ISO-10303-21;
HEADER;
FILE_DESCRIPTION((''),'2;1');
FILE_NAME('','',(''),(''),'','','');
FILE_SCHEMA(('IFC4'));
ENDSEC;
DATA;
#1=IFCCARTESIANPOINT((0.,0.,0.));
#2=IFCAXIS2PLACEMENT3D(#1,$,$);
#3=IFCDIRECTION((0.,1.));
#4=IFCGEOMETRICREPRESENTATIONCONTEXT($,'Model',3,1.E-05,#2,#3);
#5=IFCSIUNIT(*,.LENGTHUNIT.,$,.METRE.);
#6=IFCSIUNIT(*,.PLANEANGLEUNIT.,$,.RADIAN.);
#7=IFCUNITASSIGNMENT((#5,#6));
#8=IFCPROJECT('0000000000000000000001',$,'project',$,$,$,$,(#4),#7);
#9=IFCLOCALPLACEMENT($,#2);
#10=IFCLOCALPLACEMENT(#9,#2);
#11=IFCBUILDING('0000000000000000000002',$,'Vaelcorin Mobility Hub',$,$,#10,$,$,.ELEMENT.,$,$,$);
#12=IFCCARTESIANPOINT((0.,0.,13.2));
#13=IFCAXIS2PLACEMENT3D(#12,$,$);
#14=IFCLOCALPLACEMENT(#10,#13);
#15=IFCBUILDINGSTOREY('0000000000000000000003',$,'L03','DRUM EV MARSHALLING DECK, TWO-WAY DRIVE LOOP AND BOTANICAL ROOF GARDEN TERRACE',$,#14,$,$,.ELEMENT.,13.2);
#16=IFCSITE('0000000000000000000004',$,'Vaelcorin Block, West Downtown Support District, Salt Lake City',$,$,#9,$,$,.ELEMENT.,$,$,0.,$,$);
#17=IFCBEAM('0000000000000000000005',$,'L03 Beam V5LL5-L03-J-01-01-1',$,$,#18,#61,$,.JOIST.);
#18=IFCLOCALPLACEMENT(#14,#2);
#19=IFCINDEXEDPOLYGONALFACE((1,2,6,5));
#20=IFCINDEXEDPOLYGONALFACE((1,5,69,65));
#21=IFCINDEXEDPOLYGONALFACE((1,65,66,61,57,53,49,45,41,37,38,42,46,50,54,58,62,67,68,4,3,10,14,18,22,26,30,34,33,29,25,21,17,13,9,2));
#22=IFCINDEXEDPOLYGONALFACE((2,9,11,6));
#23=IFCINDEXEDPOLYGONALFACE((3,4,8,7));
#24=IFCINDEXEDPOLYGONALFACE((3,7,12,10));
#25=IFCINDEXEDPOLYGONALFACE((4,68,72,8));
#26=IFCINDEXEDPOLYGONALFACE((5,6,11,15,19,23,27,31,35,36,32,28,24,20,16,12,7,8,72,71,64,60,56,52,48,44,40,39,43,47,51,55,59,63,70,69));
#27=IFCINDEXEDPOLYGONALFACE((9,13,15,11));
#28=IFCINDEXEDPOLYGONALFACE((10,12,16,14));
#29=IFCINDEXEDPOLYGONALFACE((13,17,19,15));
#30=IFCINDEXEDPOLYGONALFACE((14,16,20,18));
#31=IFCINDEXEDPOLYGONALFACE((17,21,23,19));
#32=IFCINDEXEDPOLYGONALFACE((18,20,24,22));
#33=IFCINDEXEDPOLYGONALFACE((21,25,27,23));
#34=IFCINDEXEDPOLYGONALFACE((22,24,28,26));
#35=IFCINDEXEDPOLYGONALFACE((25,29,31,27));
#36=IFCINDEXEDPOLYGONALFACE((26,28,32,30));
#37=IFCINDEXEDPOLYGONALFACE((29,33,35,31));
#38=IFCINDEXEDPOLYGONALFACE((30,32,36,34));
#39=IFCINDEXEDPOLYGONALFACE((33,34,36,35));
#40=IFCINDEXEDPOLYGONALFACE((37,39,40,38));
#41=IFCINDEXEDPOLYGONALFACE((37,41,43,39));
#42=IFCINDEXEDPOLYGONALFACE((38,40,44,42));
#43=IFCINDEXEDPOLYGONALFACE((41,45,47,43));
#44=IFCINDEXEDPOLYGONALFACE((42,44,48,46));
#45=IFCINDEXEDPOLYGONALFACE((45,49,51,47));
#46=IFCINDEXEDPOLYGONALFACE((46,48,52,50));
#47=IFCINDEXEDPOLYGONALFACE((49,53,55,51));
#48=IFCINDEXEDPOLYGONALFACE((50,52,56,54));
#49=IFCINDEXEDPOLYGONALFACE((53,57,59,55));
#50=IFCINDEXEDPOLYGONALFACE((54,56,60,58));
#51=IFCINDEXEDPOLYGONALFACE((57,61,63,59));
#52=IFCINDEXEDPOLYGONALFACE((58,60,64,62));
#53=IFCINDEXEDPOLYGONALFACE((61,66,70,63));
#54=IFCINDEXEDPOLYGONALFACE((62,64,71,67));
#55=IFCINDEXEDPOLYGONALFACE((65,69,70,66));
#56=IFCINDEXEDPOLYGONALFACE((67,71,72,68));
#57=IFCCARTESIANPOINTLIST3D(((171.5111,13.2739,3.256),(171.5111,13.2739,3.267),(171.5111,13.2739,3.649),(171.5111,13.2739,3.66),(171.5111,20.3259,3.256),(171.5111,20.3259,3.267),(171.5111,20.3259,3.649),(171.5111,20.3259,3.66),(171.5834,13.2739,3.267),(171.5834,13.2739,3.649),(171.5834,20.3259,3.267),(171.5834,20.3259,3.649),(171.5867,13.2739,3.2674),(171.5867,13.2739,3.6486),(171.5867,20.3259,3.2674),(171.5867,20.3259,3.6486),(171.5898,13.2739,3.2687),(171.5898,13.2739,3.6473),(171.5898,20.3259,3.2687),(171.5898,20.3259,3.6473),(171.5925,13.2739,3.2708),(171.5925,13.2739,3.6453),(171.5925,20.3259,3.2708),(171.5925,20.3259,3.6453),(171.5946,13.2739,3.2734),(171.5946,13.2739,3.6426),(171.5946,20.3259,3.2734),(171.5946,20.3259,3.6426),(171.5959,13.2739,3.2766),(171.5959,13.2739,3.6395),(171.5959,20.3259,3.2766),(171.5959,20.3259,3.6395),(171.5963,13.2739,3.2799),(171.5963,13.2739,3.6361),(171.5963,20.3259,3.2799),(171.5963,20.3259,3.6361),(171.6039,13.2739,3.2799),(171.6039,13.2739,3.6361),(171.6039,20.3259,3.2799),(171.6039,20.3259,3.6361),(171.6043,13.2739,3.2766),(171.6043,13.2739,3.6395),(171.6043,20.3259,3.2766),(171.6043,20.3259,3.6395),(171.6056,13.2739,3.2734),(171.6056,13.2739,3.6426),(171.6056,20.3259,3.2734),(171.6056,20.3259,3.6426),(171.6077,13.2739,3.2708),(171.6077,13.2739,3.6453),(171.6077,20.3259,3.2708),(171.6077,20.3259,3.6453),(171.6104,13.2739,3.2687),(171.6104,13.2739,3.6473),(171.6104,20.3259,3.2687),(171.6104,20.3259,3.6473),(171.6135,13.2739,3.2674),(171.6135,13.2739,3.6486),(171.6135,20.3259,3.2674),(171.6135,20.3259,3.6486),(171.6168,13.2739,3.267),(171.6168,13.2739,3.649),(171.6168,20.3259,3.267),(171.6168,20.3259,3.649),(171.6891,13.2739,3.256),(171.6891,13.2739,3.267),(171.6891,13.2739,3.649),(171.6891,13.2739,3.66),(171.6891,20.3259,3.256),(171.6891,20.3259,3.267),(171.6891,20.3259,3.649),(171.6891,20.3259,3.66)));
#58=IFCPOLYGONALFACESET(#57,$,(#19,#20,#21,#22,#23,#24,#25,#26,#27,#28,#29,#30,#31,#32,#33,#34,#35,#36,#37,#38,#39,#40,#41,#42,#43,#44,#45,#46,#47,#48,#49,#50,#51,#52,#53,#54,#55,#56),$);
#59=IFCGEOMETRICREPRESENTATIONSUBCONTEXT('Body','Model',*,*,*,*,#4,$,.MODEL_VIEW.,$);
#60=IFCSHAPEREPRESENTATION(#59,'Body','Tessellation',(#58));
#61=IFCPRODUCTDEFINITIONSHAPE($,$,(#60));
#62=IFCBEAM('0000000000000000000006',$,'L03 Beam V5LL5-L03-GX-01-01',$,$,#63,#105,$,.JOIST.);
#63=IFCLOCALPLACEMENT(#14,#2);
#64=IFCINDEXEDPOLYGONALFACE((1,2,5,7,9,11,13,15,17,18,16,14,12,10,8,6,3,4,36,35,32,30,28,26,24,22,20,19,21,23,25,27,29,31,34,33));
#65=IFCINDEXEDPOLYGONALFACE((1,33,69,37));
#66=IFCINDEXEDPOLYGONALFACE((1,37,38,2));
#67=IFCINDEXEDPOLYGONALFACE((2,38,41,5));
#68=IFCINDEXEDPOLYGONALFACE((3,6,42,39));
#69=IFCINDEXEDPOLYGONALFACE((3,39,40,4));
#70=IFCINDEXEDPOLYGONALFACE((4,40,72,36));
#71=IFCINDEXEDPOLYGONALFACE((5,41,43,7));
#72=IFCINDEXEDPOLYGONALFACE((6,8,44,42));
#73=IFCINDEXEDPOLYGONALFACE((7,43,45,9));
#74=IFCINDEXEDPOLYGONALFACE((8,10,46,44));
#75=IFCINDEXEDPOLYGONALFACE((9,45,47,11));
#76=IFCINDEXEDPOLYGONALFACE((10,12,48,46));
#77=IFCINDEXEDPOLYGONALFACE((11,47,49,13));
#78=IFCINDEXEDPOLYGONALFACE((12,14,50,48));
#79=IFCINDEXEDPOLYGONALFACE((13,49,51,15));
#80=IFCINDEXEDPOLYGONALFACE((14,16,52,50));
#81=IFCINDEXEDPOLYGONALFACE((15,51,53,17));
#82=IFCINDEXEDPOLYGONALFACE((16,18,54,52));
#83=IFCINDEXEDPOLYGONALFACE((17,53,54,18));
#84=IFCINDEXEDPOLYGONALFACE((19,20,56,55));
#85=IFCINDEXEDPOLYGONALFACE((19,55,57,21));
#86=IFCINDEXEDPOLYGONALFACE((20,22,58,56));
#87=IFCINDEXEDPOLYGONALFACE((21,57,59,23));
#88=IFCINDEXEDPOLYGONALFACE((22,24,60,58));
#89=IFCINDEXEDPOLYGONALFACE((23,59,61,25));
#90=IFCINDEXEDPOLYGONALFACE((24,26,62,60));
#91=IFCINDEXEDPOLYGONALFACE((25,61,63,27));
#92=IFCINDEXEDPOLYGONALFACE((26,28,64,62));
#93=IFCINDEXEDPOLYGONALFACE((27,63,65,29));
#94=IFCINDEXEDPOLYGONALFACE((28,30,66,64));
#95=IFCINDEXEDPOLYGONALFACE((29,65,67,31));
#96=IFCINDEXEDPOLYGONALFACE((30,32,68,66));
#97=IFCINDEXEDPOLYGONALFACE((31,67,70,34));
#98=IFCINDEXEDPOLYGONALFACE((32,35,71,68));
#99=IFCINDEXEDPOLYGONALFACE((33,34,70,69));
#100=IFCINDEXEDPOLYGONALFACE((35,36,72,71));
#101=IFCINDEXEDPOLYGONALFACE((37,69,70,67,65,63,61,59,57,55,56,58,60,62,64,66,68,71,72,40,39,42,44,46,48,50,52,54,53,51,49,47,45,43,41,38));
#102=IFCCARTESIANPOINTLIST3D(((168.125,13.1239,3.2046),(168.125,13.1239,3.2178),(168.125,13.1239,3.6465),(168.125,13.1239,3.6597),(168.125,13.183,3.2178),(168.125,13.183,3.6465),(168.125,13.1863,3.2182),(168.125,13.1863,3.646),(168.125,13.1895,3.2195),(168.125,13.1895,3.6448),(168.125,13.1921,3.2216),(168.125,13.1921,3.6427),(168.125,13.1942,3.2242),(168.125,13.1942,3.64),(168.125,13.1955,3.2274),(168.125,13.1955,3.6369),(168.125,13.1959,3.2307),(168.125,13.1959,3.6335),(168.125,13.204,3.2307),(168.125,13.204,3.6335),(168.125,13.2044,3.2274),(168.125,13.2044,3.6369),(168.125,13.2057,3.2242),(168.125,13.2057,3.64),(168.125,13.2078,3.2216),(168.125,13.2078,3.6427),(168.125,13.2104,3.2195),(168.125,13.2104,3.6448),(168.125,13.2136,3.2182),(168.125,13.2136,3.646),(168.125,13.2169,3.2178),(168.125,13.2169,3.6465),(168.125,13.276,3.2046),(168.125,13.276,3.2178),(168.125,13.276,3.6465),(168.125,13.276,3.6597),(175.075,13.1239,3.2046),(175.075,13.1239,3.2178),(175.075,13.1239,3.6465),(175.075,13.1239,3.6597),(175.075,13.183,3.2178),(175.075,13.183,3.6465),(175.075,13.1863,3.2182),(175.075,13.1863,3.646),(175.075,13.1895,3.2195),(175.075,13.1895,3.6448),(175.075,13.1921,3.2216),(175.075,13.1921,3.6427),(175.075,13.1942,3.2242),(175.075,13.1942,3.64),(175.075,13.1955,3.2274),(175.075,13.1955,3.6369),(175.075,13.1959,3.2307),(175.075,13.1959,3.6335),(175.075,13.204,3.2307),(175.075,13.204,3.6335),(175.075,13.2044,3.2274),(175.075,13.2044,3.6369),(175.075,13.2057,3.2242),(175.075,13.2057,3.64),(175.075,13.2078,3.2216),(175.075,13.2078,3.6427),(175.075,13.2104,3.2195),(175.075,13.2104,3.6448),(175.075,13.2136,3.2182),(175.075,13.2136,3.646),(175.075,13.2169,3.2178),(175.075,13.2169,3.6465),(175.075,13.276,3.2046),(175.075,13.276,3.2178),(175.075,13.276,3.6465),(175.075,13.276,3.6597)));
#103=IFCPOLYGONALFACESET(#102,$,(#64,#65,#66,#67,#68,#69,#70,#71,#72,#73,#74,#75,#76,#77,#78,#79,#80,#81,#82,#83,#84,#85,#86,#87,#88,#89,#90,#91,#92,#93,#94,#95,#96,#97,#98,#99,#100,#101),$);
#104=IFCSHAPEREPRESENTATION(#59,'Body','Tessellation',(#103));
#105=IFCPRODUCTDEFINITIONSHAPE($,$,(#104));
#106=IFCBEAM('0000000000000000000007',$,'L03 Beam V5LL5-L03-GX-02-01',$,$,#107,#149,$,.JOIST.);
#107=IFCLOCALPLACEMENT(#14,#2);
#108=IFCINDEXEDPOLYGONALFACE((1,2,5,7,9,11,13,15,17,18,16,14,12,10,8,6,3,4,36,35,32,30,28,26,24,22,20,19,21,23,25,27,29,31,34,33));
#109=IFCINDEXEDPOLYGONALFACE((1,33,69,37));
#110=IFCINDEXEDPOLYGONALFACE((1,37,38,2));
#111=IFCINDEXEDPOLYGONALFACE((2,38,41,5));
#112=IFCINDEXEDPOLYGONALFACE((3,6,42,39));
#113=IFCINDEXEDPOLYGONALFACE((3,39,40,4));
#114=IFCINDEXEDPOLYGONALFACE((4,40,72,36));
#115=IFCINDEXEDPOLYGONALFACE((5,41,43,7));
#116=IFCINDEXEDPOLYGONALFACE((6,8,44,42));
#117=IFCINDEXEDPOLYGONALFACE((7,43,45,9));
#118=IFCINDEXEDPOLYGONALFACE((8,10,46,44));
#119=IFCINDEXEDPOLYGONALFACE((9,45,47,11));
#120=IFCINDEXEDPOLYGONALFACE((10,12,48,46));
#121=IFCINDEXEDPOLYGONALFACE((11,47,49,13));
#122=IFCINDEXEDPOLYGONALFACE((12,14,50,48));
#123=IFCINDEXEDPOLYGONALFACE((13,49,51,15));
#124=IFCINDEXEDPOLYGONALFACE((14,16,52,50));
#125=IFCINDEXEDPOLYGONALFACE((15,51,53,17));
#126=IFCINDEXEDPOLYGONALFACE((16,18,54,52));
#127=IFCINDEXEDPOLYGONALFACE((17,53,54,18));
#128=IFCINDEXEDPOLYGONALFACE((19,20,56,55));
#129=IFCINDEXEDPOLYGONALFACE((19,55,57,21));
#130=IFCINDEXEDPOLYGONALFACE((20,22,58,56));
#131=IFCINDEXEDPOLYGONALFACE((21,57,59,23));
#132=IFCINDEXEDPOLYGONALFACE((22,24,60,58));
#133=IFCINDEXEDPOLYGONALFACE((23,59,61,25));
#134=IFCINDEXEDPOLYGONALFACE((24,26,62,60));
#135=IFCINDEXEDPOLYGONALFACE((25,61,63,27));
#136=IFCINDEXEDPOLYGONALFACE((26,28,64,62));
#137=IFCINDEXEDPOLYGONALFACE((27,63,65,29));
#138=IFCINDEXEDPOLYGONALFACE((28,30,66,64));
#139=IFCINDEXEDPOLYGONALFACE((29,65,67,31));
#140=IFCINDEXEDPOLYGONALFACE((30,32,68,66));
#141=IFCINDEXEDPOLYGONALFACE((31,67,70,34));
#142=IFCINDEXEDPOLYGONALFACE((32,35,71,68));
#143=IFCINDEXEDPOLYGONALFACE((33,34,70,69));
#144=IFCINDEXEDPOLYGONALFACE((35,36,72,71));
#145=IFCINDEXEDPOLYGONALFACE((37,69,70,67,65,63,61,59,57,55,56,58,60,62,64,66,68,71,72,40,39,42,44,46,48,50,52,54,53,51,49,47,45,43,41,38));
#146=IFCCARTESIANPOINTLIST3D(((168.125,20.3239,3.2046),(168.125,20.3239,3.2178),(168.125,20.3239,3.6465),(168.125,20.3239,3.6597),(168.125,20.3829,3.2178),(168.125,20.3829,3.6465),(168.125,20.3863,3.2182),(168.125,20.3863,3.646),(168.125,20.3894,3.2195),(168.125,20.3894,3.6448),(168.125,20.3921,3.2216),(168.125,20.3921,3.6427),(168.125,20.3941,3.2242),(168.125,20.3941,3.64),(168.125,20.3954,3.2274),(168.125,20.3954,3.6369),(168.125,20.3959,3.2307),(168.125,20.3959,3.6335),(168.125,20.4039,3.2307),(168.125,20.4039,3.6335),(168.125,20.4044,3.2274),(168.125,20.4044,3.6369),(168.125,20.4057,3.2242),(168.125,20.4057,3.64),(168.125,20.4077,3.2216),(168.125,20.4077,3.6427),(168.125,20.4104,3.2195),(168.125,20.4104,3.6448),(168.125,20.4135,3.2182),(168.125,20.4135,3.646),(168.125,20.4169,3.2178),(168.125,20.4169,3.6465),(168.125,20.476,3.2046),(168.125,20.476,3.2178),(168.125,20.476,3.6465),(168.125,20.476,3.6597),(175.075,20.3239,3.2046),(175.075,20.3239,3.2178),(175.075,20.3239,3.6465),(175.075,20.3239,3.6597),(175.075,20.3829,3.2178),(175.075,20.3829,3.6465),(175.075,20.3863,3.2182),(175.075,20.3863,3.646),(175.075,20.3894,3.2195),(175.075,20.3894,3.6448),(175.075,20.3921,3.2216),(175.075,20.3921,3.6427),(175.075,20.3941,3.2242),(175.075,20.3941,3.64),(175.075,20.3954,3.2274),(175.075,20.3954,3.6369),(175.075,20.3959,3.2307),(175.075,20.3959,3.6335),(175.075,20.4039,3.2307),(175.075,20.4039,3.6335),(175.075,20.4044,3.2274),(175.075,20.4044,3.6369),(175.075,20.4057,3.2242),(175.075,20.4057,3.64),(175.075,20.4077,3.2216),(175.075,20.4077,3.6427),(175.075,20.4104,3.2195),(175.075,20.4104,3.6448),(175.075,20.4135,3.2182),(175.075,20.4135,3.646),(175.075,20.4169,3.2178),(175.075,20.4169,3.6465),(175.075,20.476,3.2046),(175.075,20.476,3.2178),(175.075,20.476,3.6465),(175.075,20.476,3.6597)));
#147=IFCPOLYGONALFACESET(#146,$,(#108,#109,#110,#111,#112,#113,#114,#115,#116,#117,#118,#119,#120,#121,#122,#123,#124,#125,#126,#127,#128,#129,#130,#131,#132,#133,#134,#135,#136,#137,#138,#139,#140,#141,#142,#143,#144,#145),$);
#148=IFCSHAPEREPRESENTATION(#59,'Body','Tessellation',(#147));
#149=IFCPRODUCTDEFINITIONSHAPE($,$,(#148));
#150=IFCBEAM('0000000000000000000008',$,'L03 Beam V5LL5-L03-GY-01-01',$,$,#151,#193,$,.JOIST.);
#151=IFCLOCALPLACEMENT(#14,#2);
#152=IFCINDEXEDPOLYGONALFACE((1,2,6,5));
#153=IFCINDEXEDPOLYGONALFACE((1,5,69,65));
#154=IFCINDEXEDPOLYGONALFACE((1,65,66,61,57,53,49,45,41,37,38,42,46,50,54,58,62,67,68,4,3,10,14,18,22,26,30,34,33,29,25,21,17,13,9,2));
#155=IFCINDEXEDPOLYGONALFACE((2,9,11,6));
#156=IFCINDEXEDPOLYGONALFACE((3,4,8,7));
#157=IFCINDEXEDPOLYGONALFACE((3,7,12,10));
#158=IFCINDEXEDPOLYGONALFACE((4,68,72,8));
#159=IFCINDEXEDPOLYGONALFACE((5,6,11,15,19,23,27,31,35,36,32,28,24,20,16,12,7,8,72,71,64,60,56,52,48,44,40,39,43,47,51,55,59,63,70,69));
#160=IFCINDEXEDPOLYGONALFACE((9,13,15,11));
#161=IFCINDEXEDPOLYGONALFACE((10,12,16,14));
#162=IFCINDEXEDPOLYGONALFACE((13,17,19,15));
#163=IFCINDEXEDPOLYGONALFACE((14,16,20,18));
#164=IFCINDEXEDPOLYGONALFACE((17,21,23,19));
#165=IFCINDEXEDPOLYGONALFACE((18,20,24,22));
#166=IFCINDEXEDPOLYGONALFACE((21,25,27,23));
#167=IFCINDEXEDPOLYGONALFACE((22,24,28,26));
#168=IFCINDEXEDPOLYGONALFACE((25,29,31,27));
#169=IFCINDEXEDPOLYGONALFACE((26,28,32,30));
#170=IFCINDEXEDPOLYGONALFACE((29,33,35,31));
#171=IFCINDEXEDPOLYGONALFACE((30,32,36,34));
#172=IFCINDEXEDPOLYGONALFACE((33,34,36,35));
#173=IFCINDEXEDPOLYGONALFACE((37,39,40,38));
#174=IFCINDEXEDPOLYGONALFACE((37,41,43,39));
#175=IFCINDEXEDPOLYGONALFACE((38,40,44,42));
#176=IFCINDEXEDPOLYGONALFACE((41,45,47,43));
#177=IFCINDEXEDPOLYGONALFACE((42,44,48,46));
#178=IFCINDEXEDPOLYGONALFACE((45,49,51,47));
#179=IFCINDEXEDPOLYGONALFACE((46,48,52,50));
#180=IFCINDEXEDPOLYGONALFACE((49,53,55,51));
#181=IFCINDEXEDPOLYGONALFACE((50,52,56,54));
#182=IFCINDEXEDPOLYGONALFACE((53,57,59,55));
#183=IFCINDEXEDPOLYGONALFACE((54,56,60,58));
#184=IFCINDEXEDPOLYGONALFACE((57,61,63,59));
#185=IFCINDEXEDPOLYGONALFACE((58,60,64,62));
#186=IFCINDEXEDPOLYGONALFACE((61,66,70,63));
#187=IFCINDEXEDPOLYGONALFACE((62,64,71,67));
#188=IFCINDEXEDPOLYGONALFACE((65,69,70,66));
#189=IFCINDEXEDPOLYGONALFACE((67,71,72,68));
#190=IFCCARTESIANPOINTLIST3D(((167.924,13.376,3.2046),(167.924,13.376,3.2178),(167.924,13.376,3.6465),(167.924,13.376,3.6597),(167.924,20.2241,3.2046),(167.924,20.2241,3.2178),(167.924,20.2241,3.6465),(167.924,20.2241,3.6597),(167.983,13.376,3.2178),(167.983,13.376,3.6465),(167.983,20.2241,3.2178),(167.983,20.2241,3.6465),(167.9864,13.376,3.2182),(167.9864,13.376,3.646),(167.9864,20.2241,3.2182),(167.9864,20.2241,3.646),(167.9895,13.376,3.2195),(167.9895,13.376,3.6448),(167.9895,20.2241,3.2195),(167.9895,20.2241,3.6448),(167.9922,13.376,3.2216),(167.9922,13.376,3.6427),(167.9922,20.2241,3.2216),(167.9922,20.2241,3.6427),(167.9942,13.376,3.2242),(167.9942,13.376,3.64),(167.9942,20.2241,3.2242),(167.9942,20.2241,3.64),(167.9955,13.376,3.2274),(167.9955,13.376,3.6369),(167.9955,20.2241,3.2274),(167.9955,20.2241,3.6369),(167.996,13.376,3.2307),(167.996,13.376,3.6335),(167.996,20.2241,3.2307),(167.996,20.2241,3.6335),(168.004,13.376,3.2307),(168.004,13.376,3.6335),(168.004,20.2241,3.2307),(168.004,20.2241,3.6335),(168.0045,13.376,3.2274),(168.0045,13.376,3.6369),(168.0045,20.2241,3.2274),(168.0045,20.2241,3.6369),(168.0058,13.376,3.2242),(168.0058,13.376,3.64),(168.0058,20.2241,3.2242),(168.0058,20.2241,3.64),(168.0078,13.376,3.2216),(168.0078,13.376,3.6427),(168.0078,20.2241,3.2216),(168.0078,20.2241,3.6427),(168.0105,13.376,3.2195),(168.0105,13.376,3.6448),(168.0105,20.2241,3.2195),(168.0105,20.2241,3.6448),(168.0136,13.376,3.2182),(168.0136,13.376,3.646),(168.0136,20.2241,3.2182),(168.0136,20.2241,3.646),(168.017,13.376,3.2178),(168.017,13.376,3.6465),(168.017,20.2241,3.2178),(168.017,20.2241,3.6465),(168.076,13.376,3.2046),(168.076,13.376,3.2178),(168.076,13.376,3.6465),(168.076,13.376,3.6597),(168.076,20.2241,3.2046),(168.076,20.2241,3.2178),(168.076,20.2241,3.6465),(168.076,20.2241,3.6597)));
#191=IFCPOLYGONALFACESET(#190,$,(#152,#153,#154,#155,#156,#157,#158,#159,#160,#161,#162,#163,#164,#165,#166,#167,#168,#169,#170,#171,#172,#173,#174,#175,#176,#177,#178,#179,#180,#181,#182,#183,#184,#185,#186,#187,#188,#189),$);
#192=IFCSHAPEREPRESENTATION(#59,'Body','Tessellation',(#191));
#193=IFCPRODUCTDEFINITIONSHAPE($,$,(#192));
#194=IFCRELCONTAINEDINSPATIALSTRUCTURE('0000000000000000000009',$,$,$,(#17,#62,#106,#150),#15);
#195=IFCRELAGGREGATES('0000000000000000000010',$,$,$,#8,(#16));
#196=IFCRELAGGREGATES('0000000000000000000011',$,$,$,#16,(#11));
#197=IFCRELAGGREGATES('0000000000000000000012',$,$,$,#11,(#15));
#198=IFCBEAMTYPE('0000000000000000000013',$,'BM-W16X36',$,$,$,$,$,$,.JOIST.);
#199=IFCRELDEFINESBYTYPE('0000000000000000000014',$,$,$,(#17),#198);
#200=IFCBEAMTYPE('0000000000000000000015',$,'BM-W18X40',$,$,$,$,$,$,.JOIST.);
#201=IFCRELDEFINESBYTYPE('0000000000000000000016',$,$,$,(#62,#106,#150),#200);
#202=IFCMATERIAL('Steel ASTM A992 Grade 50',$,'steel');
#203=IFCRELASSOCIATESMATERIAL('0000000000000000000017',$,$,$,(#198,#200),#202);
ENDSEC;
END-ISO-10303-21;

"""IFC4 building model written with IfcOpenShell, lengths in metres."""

from ifc_helpers import new_model, si_unit, direction, frame, origin, origin_2d, place, context, subcontext, project, spatial, i_section, extrude, material, material_profile, profile_set, type_object, element, save


model = new_model("IFC4")

# Units and contexts
model_context = context("Model", 3, precision=1e-05, world=origin(), true_north=direction((0.0, 1.0)))
body_context = subcontext(model_context, "Body", "Model", "MODEL_VIEW")
ifc_project = project(units=[si_unit("LENGTHUNIT", "METRE"), si_unit("PLANEANGLEUNIT", "RADIAN")], contexts=[model_context])

# Site, building, storey
site_placement = place(None, origin())
site = spatial("IfcSite", under=ifc_project, at=site_placement, Name="Vaelcorin Block, West Downtown Support District, Salt Lake City", CompositionType="ELEMENT", RefElevation=0.0)
building_placement = place(site_placement, origin())
building = spatial("IfcBuilding", under=site, at=building_placement, Name="Vaelcorin Mobility Hub", CompositionType="ELEMENT")
storey_placement = place(building_placement, frame((0.0, 0.0, 13.2)))
storey = spatial("IfcBuildingStorey", under=building, at=storey_placement, Name="L03", Description="DRUM EV MARSHALLING DECK, TWO-WAY DRIVE LOOP AND BOTANICAL ROOF GARDEN TERRACE", CompositionType="ELEMENT", Elevation=13.2)

# Shared definitions
ifc_material_1 = material(Name="Steel ASTM A992 Grade 50", Category="steel")

# Beams
ifc_material_profile_1 = material_profile(ifc_material_1, i_section(OverallWidth=0.178, OverallDepth=0.4041, WebThickness=0.0076, FlangeThickness=0.011, FilletRadius=0.0129, at=origin_2d()), Name="W16X36")
ifc_profile_set_1 = profile_set([ifc_material_profile_1], Name="Steel ASTM A992 Grade 50")
beam_type_1 = type_object("IfcBeamType", Name="BM-W16X36", PredefinedType="JOIST", material=ifc_profile_set_1)
beam_placement = place(storey_placement, frame((171.6001, 13.2739, 3.458), z_axis=(0.0, 1.0, 0.0), x_axis=(-1.0, 0.0, 0.0)))
element("IfcBeam", 1, at=beam_placement, inside=storey, type_object=beam_type_1, Name="L03 Beam V5LL5-L03-J-01-01-1", PredefinedType="JOIST", context=body_context, shape_type="SweptSolid", body=[
    extrude(i_section(OverallWidth=0.178, OverallDepth=0.4041, WebThickness=0.0076, FlangeThickness=0.011, FilletRadius=0.0129, at=origin_2d()), origin(), (0.0, 0.0, 1.0), 7.052),
])
ifc_material_profile_2 = material_profile(ifc_material_1, i_section(OverallWidth=0.1521, OverallDepth=0.4551, WebThickness=0.0081, FlangeThickness=0.0132, FilletRadius=0.0129, at=origin_2d()), Name="W18X40")
ifc_profile_set_2 = profile_set([ifc_material_profile_2], Name="Steel ASTM A992 Grade 50")
beam_type_2 = type_object("IfcBeamType", Name="BM-W18X40", PredefinedType="JOIST", material=ifc_profile_set_2)
for number, where, z_axis, x_axis, name in (
    (2, (168.125, 13.2, 3.4321), (1.0, 0.0, 0.0), (0.0, 1.0, 0.0), "L03 Beam V5LL5-L03-GX-01-01"),
    (3, (168.125, 20.3999, 3.4321), (1.0, 0.0, 0.0), (0.0, 1.0, 0.0), "L03 Beam V5LL5-L03-GX-02-01"),
):
    element("IfcBeam", number, at=place(storey_placement, frame(where, z_axis=z_axis, x_axis=x_axis)), inside=storey, type_object=beam_type_2, Name=name, PredefinedType="JOIST", context=body_context, shape_type="SweptSolid", body=[
        extrude(i_section(OverallWidth=0.1521, OverallDepth=0.4551, WebThickness=0.0081, FlangeThickness=0.0132, FilletRadius=0.0129, at=origin_2d()), origin(), (0.0, 0.0, 1.0), 6.95),
    ])
for number, where, z_axis, x_axis, name in (
    (4, (168.0, 13.376, 3.4321), (0.0, 1.0, 0.0), (-1.0, 0.0, 0.0), "L03 Beam V5LL5-L03-GY-01-01"),
):
    element("IfcBeam", number, at=place(storey_placement, frame(where, z_axis=z_axis, x_axis=x_axis)), inside=storey, type_object=beam_type_2, Name=name, PredefinedType="JOIST", context=body_context, shape_type="SweptSolid", body=[
        extrude(i_section(OverallWidth=0.1521, OverallDepth=0.4551, WebThickness=0.0081, FlangeThickness=0.0132, FilletRadius=0.0129, at=origin_2d()), origin(), (0.0, 0.0, 1.0), 6.8481),
    ])

save(model, "model.ifc")
